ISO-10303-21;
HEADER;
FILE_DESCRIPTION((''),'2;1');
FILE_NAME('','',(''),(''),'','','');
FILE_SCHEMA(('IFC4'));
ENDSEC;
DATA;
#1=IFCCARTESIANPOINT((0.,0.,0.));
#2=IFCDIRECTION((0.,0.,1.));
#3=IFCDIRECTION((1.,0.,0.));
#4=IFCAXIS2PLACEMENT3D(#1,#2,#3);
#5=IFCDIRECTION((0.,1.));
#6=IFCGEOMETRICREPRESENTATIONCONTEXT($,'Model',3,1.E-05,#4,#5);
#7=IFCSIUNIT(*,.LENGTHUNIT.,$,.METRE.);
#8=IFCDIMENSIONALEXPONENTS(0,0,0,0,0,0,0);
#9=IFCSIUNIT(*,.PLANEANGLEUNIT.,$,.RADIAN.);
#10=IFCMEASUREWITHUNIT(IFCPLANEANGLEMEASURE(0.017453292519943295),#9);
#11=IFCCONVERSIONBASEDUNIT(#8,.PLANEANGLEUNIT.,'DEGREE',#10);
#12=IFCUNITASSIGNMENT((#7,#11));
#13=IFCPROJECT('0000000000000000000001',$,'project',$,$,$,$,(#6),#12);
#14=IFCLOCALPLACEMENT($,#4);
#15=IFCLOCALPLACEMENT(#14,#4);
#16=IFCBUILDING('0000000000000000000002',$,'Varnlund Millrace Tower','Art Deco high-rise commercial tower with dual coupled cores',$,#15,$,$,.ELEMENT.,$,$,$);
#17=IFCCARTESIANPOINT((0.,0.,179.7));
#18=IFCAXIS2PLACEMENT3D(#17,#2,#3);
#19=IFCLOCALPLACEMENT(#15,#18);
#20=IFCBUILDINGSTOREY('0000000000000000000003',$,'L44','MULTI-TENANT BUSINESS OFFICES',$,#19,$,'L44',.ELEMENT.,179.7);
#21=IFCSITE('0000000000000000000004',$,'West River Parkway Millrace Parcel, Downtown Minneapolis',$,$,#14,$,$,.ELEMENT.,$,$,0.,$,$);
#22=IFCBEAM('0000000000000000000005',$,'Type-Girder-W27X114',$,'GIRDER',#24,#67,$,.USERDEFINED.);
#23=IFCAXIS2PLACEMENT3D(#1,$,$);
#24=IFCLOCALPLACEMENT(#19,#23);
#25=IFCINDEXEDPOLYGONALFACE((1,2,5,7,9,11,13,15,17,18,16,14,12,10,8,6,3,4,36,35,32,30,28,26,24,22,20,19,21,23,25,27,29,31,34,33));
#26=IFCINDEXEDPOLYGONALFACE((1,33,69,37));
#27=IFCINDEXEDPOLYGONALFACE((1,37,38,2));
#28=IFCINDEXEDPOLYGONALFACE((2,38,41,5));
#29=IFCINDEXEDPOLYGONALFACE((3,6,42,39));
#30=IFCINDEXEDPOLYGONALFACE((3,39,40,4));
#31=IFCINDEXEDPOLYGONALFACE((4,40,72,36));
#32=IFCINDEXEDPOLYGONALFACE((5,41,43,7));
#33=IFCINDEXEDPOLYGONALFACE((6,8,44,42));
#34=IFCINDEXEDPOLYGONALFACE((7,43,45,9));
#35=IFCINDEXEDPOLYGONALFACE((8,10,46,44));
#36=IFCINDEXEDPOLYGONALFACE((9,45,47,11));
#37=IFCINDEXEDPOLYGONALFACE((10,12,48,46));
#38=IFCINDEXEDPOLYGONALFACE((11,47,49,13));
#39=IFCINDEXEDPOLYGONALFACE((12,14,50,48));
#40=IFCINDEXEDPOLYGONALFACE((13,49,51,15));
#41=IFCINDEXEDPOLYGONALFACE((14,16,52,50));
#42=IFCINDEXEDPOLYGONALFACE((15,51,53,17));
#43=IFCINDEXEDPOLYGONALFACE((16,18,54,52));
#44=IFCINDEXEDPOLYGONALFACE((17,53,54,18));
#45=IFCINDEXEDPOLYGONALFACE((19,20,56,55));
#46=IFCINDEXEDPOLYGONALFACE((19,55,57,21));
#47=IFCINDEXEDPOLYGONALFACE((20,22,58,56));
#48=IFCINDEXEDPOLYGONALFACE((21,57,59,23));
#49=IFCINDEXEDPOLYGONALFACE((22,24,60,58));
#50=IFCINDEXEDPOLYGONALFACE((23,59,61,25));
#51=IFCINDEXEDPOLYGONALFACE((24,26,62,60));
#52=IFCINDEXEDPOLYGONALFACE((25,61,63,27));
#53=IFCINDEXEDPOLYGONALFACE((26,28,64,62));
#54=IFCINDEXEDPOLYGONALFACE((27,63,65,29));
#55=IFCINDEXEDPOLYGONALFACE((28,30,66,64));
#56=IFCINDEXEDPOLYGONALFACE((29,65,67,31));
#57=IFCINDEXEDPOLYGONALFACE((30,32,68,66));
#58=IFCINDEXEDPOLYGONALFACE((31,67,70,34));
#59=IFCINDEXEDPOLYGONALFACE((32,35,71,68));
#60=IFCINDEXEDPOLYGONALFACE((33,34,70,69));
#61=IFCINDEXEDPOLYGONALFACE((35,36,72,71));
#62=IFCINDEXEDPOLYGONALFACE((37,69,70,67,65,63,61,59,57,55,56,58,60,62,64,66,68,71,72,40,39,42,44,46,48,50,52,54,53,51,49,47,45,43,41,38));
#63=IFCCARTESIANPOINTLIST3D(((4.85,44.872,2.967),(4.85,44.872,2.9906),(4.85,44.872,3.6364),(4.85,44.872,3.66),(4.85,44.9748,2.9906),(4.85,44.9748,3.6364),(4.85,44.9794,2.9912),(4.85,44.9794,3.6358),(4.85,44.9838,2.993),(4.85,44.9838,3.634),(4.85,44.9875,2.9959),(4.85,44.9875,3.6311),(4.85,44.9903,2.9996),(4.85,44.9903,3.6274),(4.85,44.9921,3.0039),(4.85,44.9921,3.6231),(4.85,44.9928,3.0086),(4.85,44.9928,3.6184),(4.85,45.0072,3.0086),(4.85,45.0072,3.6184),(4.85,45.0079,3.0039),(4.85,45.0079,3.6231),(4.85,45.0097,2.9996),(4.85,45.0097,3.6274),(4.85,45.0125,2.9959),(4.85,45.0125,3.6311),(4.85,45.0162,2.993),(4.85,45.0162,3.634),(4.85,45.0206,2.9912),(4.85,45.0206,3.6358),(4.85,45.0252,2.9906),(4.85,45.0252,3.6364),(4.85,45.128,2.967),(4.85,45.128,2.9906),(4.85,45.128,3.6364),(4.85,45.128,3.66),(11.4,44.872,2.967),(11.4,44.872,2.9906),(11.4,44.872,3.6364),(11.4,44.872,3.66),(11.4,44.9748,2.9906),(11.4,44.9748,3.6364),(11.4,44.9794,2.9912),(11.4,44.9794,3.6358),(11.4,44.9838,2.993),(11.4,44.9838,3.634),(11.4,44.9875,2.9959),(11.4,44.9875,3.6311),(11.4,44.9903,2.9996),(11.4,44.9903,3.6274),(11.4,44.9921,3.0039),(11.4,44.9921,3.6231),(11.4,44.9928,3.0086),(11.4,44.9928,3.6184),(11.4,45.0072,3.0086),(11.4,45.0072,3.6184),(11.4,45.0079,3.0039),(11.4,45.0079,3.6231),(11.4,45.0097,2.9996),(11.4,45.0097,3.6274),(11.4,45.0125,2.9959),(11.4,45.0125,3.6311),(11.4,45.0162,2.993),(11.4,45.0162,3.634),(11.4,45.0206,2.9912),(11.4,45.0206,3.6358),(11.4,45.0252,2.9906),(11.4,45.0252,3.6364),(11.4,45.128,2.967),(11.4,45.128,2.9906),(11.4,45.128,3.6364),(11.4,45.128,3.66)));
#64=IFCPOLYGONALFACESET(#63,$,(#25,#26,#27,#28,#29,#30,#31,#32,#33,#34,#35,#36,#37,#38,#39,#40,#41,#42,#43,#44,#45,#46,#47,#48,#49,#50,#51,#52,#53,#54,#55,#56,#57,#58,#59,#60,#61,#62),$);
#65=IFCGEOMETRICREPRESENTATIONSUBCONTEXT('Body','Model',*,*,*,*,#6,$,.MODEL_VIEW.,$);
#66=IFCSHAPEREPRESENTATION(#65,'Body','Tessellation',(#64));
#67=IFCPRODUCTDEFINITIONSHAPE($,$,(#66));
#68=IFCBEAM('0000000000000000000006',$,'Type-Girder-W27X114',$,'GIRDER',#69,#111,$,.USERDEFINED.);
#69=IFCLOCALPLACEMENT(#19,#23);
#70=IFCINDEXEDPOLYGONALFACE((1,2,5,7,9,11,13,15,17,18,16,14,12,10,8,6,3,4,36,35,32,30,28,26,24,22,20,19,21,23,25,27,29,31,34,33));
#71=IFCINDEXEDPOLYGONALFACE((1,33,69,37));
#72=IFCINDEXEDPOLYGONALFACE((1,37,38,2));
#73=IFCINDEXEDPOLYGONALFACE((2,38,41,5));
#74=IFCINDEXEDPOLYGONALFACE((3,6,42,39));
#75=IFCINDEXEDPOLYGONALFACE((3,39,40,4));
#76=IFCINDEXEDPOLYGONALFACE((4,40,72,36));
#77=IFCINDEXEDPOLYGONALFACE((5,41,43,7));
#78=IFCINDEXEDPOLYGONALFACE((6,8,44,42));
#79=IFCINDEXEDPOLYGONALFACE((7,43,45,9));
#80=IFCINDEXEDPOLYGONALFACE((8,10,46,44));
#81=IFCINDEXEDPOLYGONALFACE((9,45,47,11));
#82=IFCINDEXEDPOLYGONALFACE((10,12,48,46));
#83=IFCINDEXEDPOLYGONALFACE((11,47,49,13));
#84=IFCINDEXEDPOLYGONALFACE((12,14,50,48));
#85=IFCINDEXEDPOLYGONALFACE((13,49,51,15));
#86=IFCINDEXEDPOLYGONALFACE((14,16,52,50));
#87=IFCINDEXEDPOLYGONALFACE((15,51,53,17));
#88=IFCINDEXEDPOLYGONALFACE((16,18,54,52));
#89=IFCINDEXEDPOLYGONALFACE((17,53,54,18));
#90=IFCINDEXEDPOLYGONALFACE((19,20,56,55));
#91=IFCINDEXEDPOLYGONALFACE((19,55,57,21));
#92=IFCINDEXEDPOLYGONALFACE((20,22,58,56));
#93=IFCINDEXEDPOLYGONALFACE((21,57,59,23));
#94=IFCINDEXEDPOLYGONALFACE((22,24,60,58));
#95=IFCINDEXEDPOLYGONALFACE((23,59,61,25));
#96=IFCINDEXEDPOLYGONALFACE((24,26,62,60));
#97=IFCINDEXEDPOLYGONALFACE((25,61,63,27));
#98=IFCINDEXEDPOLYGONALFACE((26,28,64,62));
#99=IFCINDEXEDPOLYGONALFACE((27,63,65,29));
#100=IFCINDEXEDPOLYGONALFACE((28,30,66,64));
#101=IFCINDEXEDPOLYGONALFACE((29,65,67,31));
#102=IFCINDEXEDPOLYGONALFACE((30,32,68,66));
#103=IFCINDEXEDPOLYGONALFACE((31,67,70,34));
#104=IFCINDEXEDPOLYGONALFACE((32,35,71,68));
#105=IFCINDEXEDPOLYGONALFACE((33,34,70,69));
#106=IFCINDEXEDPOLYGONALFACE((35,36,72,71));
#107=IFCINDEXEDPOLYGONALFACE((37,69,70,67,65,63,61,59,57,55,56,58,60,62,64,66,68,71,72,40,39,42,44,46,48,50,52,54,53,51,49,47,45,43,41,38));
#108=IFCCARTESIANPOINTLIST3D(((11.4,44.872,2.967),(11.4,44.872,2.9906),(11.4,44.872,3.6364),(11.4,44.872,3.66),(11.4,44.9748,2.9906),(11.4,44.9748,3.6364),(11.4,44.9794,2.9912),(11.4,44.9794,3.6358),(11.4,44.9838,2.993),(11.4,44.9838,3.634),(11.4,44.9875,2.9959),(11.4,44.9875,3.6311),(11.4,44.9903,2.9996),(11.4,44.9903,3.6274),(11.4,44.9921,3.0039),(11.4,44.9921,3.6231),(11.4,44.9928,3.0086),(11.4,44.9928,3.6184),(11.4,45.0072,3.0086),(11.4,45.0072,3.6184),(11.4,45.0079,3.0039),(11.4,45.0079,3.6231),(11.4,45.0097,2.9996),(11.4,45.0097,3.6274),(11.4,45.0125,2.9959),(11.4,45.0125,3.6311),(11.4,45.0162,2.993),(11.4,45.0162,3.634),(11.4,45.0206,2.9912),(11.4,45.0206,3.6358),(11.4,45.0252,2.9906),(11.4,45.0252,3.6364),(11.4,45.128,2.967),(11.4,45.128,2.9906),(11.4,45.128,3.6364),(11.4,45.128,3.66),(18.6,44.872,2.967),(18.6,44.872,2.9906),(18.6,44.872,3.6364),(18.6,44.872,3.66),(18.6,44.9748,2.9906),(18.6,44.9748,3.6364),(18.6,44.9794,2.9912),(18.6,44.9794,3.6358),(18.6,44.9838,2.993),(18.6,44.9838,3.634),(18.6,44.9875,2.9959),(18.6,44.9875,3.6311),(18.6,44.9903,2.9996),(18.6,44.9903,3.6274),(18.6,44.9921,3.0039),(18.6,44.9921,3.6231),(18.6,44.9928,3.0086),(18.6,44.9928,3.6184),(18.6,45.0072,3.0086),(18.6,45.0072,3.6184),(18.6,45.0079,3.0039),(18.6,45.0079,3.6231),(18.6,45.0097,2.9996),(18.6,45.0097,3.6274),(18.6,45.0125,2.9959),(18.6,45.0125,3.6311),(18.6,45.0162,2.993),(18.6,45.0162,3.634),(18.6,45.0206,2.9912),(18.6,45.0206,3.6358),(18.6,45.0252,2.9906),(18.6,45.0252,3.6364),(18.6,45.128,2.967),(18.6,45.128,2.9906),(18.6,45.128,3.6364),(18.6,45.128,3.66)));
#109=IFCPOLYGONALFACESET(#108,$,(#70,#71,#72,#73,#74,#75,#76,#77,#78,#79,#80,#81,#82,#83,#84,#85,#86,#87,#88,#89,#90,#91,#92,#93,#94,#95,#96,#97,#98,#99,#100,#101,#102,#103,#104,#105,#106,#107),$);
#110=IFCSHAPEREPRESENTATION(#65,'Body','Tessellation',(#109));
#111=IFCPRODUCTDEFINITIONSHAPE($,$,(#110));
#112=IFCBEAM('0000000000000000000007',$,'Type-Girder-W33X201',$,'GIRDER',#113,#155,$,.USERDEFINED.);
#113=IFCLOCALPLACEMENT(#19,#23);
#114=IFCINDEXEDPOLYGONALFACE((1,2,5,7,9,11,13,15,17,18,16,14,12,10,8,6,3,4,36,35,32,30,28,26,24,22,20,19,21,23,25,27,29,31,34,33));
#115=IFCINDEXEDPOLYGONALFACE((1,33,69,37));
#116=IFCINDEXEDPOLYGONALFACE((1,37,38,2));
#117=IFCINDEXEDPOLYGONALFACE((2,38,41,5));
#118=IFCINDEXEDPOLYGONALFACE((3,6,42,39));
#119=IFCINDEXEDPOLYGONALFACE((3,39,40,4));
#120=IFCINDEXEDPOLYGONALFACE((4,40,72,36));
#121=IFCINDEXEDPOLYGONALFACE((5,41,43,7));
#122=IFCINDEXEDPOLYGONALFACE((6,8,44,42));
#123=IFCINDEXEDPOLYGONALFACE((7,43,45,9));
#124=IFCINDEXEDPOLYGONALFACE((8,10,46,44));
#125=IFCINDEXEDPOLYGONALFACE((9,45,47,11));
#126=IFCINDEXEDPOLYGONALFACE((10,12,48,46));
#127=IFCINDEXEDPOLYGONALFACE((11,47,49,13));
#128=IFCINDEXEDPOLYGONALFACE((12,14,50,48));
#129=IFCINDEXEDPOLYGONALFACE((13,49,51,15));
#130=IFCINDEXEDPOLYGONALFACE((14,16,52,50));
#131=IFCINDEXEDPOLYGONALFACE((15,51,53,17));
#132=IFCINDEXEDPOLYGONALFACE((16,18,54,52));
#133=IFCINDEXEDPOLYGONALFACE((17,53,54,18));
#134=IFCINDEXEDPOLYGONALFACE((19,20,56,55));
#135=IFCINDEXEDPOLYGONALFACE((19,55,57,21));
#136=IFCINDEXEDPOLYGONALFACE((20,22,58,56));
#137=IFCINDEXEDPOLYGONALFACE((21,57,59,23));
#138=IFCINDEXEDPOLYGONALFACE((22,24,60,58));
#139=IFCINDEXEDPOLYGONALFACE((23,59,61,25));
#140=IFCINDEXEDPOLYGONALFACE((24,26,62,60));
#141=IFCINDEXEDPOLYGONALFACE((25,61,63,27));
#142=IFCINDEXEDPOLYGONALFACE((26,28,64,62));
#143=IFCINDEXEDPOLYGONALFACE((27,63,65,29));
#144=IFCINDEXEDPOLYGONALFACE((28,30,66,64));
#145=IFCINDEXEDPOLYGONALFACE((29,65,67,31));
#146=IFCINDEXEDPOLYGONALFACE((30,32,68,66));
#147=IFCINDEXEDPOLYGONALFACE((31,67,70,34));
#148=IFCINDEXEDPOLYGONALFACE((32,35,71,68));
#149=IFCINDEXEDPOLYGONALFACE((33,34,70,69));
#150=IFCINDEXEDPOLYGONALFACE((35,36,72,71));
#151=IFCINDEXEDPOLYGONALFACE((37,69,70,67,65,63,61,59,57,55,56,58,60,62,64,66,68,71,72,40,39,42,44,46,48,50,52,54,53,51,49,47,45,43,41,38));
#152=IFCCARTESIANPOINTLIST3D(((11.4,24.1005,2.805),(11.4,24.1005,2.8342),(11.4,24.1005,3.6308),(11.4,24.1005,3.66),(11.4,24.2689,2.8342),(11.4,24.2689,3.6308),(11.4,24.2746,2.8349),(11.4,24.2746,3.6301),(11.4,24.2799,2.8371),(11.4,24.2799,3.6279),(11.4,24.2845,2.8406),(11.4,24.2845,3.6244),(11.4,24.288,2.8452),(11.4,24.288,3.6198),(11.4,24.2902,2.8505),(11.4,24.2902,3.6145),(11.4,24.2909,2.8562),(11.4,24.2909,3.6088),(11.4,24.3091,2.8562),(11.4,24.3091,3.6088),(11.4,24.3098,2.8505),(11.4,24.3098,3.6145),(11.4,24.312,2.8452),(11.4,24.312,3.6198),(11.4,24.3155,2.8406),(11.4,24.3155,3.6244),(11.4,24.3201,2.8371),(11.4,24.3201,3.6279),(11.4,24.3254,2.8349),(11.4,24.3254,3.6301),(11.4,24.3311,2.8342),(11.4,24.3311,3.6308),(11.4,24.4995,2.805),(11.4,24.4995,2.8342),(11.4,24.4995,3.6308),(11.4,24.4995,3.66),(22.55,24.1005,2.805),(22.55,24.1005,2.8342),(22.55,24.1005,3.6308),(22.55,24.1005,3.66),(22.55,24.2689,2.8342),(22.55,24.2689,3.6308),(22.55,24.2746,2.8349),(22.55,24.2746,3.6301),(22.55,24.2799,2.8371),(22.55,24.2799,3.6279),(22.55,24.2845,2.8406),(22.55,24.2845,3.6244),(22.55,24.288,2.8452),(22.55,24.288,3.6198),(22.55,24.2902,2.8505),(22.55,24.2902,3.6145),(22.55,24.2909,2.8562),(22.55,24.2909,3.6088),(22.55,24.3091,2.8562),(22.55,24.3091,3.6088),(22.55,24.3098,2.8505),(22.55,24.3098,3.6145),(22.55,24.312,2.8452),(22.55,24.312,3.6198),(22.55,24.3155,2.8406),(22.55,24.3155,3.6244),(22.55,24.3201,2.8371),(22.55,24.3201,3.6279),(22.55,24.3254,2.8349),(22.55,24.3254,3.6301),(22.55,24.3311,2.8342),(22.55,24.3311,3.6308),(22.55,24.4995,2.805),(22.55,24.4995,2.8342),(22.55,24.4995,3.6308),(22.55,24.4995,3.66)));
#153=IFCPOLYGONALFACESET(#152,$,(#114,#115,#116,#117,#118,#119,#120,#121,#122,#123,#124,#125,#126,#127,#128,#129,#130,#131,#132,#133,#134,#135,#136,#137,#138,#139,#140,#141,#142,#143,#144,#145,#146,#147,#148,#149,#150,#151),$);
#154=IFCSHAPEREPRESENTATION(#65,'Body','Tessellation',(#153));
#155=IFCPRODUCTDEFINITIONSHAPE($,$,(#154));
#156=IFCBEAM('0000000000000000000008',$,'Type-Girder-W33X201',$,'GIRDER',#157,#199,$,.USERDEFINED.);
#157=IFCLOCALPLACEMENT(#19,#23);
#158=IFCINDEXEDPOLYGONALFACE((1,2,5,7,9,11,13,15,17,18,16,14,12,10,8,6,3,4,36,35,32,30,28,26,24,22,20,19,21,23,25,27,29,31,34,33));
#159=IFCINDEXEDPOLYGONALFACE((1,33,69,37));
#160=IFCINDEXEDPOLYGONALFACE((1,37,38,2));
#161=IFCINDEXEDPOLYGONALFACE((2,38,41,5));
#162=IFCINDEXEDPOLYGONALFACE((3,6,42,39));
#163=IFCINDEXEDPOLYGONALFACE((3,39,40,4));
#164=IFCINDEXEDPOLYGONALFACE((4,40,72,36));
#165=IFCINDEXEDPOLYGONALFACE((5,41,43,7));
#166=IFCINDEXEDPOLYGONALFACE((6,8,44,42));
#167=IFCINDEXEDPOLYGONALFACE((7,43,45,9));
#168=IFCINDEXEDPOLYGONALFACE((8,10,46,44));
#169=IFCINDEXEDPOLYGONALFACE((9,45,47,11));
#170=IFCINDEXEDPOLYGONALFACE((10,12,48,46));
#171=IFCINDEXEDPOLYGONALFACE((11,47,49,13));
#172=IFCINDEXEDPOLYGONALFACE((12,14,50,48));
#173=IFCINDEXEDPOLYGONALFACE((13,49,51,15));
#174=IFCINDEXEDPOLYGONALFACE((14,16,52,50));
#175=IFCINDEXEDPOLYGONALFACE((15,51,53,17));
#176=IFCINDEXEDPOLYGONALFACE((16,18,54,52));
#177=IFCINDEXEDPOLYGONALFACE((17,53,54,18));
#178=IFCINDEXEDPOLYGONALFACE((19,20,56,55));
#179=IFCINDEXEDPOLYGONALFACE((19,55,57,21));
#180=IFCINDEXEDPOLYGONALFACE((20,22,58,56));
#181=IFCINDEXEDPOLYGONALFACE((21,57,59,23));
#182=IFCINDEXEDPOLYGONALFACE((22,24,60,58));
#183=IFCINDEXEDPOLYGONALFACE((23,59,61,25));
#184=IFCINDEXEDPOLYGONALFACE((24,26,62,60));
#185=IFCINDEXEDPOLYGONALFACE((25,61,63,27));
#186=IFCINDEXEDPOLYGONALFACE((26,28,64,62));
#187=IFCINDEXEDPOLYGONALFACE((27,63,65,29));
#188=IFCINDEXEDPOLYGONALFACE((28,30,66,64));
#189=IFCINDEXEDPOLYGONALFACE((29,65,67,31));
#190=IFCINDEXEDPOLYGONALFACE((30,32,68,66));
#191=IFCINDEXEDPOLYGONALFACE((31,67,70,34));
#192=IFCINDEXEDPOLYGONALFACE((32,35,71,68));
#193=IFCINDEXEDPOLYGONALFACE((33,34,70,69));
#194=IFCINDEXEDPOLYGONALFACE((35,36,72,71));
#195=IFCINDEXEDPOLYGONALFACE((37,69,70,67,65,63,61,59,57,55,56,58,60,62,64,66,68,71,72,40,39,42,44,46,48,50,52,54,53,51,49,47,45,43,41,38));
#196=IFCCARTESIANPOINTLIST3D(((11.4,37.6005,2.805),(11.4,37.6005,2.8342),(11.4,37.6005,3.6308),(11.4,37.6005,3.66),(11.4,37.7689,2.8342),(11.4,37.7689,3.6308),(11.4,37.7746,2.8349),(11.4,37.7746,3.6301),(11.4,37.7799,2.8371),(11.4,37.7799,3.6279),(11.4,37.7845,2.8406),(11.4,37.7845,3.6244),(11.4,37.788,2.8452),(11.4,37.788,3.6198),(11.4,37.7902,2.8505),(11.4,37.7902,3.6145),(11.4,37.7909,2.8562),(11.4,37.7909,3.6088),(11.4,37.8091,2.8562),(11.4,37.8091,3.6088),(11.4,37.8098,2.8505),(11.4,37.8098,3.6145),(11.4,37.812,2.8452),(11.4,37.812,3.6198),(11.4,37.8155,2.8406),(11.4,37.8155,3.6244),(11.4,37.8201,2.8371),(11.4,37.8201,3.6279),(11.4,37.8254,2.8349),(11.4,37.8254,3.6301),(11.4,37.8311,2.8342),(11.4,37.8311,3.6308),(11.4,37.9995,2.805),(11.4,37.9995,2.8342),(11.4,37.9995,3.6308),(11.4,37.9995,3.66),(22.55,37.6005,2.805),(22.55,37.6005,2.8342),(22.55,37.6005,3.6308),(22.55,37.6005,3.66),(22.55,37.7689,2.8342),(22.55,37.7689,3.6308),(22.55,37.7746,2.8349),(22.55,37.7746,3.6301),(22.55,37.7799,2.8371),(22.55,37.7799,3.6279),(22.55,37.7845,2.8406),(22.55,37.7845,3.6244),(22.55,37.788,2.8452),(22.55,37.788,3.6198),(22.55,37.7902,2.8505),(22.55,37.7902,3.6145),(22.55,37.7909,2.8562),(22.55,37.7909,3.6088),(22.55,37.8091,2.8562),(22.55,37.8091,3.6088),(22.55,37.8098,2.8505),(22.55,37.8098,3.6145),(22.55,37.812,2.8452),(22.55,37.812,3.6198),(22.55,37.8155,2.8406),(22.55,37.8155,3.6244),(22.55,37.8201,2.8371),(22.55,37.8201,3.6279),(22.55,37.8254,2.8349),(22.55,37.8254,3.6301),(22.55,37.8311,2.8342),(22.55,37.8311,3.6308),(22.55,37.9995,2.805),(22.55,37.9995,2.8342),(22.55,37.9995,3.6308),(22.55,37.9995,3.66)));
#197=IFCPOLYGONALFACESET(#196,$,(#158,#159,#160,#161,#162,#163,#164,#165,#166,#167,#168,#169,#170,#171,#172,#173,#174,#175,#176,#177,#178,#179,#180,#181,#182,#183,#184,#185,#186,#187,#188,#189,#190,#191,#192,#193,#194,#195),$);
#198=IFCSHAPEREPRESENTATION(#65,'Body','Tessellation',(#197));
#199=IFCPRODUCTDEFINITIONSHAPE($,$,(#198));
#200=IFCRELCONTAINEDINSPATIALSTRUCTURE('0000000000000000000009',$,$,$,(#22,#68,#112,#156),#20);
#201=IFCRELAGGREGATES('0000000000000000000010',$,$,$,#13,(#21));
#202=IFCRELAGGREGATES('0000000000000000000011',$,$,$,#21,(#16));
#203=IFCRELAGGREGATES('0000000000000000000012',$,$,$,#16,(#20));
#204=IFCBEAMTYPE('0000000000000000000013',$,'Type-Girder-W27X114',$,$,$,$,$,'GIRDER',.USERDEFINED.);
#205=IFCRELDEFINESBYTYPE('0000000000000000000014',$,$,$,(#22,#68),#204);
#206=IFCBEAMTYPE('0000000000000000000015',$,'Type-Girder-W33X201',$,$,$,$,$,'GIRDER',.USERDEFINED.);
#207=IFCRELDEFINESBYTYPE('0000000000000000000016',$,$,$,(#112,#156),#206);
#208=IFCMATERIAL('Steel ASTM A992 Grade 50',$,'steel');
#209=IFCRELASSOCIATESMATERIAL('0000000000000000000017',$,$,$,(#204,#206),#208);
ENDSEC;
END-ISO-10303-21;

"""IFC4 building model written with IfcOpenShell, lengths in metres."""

from ifc_helpers import new_model, entity, si_unit, converted_unit, direction, frame, origin_with_axes, origin_2d_with_axis, place, context, subcontext, project, spatial, i_section, extrude, material, material_profile, profile_set, type_object, element, save


model = new_model("IFC4")

# Units and contexts
model_context = context("Model", 3, precision=1e-05, world=origin_with_axes(), true_north=direction((0.0, 1.0)))
body_context = subcontext(model_context, "Body", "Model", "MODEL_VIEW")
ifc_project = project(units=[si_unit("LENGTHUNIT", "METRE"), converted_unit("PLANEANGLEUNIT", "DEGREE", entity("IfcPlaneAngleMeasure", 0.017453292519943295), si_unit("PLANEANGLEUNIT", "RADIAN"), dimensions=[0, 0, 0, 0, 0, 0, 0])], contexts=[model_context])

# Site, building, storey
site_placement = place(None, origin_with_axes())
site = spatial("IfcSite", under=ifc_project, at=site_placement, Name="West River Parkway Millrace Parcel, Downtown Minneapolis", CompositionType="ELEMENT", RefElevation=0.0)
building_placement = place(site_placement, origin_with_axes())
building = spatial("IfcBuilding", under=site, at=building_placement, Name="Varnlund Millrace Tower", Description="Art Deco high-rise commercial tower with dual coupled cores", CompositionType="ELEMENT")
storey_placement = place(building_placement, frame((0.0, 0.0, 179.7), z_axis=(0.0, 0.0, 1.0), x_axis=(1.0, 0.0, 0.0)))
storey = spatial("IfcBuildingStorey", under=building, at=storey_placement, Name="L44", Description="MULTI-TENANT BUSINESS OFFICES", LongName="L44", CompositionType="ELEMENT", Elevation=179.7)

# Beams
ifc_material_1 = material(Name="Steel ASTM A992 Grade 50", Category="steel")
ifc_material_profile_1 = material_profile(ifc_material_1, i_section(OverallWidth=0.256, OverallDepth=0.693, WebThickness=0.0145, FlangeThickness=0.0236, FilletRadius=0.018, at=origin_2d_with_axis()), Name="Steel ASTM A992 Grade 50")
ifc_profile_set_1 = profile_set([ifc_material_profile_1], Name="Steel ASTM A992 Grade 50")
beam_type_1 = type_object("IfcBeamType", Name="Type-Girder-W27X114", ElementType="GIRDER", PredefinedType="USERDEFINED", material=ifc_profile_set_1)
beam_1_placement = place(storey_placement, frame((4.85, 45.0, 3.3135), z_axis=(1.0, 0.0, 0.0), x_axis=(0.0, 1.0, 0.0)))
element("IfcBeam", 1, at=beam_1_placement, inside=storey, type_object=beam_type_1, Name="Type-Girder-W27X114", ObjectType="GIRDER", PredefinedType="USERDEFINED", context=body_context, shape_type="SweptSolid", body=[
    extrude(i_section(OverallWidth=0.256, OverallDepth=0.693, WebThickness=0.0145, FlangeThickness=0.0236, FilletRadius=0.018, at=origin_2d_with_axis()), origin_with_axes(), (0.0, 0.0, 1.0), 6.55),
])
beam_2_placement = place(storey_placement, frame((11.4, 45.0, 3.3135), z_axis=(1.0, 0.0, 0.0), x_axis=(0.0, 1.0, 0.0)))
element("IfcBeam", 2, at=beam_2_placement, inside=storey, type_object=beam_type_1, Name="Type-Girder-W27X114", ObjectType="GIRDER", PredefinedType="USERDEFINED", context=body_context, shape_type="SweptSolid", body=[
    extrude(i_section(OverallWidth=0.256, OverallDepth=0.693, WebThickness=0.0145, FlangeThickness=0.0236, FilletRadius=0.018, at=origin_2d_with_axis()), origin_with_axes(), (0.0, 0.0, 1.0), 7.2),
])
ifc_material_profile_2 = material_profile(ifc_material_1, i_section(OverallWidth=0.399, OverallDepth=0.855, WebThickness=0.0182, FlangeThickness=0.0292, FilletRadius=0.022, at=origin_2d_with_axis()), Name="Steel ASTM A992 Grade 50")
ifc_profile_set_2 = profile_set([ifc_material_profile_2], Name="Steel ASTM A992 Grade 50")
beam_type_2 = type_object("IfcBeamType", Name="Type-Girder-W33X201", ElementType="GIRDER", PredefinedType="USERDEFINED", material=ifc_profile_set_2)
for number, where, z_axis, x_axis, name in (
    (3, (11.4, 24.3, 3.2325), (1.0, 0.0, 0.0), (0.0, 1.0, 0.0), "Type-Girder-W33X201"),
    (4, (11.4, 37.8, 3.2325), (1.0, 0.0, 0.0), (0.0, 1.0, 0.0), "Type-Girder-W33X201"),
):
    element("IfcBeam", number, at=place(storey_placement, frame(where, z_axis=z_axis, x_axis=x_axis)), inside=storey, type_object=beam_type_2, Name=name, ObjectType="GIRDER", PredefinedType="USERDEFINED", context=body_context, shape_type="SweptSolid", body=[
        extrude(i_section(OverallWidth=0.399, OverallDepth=0.855, WebThickness=0.0182, FlangeThickness=0.0292, FilletRadius=0.022, at=origin_2d_with_axis()), origin_with_axes(), (0.0, 0.0, 1.0), 11.15),
    ])

save(model, "model.ifc")
